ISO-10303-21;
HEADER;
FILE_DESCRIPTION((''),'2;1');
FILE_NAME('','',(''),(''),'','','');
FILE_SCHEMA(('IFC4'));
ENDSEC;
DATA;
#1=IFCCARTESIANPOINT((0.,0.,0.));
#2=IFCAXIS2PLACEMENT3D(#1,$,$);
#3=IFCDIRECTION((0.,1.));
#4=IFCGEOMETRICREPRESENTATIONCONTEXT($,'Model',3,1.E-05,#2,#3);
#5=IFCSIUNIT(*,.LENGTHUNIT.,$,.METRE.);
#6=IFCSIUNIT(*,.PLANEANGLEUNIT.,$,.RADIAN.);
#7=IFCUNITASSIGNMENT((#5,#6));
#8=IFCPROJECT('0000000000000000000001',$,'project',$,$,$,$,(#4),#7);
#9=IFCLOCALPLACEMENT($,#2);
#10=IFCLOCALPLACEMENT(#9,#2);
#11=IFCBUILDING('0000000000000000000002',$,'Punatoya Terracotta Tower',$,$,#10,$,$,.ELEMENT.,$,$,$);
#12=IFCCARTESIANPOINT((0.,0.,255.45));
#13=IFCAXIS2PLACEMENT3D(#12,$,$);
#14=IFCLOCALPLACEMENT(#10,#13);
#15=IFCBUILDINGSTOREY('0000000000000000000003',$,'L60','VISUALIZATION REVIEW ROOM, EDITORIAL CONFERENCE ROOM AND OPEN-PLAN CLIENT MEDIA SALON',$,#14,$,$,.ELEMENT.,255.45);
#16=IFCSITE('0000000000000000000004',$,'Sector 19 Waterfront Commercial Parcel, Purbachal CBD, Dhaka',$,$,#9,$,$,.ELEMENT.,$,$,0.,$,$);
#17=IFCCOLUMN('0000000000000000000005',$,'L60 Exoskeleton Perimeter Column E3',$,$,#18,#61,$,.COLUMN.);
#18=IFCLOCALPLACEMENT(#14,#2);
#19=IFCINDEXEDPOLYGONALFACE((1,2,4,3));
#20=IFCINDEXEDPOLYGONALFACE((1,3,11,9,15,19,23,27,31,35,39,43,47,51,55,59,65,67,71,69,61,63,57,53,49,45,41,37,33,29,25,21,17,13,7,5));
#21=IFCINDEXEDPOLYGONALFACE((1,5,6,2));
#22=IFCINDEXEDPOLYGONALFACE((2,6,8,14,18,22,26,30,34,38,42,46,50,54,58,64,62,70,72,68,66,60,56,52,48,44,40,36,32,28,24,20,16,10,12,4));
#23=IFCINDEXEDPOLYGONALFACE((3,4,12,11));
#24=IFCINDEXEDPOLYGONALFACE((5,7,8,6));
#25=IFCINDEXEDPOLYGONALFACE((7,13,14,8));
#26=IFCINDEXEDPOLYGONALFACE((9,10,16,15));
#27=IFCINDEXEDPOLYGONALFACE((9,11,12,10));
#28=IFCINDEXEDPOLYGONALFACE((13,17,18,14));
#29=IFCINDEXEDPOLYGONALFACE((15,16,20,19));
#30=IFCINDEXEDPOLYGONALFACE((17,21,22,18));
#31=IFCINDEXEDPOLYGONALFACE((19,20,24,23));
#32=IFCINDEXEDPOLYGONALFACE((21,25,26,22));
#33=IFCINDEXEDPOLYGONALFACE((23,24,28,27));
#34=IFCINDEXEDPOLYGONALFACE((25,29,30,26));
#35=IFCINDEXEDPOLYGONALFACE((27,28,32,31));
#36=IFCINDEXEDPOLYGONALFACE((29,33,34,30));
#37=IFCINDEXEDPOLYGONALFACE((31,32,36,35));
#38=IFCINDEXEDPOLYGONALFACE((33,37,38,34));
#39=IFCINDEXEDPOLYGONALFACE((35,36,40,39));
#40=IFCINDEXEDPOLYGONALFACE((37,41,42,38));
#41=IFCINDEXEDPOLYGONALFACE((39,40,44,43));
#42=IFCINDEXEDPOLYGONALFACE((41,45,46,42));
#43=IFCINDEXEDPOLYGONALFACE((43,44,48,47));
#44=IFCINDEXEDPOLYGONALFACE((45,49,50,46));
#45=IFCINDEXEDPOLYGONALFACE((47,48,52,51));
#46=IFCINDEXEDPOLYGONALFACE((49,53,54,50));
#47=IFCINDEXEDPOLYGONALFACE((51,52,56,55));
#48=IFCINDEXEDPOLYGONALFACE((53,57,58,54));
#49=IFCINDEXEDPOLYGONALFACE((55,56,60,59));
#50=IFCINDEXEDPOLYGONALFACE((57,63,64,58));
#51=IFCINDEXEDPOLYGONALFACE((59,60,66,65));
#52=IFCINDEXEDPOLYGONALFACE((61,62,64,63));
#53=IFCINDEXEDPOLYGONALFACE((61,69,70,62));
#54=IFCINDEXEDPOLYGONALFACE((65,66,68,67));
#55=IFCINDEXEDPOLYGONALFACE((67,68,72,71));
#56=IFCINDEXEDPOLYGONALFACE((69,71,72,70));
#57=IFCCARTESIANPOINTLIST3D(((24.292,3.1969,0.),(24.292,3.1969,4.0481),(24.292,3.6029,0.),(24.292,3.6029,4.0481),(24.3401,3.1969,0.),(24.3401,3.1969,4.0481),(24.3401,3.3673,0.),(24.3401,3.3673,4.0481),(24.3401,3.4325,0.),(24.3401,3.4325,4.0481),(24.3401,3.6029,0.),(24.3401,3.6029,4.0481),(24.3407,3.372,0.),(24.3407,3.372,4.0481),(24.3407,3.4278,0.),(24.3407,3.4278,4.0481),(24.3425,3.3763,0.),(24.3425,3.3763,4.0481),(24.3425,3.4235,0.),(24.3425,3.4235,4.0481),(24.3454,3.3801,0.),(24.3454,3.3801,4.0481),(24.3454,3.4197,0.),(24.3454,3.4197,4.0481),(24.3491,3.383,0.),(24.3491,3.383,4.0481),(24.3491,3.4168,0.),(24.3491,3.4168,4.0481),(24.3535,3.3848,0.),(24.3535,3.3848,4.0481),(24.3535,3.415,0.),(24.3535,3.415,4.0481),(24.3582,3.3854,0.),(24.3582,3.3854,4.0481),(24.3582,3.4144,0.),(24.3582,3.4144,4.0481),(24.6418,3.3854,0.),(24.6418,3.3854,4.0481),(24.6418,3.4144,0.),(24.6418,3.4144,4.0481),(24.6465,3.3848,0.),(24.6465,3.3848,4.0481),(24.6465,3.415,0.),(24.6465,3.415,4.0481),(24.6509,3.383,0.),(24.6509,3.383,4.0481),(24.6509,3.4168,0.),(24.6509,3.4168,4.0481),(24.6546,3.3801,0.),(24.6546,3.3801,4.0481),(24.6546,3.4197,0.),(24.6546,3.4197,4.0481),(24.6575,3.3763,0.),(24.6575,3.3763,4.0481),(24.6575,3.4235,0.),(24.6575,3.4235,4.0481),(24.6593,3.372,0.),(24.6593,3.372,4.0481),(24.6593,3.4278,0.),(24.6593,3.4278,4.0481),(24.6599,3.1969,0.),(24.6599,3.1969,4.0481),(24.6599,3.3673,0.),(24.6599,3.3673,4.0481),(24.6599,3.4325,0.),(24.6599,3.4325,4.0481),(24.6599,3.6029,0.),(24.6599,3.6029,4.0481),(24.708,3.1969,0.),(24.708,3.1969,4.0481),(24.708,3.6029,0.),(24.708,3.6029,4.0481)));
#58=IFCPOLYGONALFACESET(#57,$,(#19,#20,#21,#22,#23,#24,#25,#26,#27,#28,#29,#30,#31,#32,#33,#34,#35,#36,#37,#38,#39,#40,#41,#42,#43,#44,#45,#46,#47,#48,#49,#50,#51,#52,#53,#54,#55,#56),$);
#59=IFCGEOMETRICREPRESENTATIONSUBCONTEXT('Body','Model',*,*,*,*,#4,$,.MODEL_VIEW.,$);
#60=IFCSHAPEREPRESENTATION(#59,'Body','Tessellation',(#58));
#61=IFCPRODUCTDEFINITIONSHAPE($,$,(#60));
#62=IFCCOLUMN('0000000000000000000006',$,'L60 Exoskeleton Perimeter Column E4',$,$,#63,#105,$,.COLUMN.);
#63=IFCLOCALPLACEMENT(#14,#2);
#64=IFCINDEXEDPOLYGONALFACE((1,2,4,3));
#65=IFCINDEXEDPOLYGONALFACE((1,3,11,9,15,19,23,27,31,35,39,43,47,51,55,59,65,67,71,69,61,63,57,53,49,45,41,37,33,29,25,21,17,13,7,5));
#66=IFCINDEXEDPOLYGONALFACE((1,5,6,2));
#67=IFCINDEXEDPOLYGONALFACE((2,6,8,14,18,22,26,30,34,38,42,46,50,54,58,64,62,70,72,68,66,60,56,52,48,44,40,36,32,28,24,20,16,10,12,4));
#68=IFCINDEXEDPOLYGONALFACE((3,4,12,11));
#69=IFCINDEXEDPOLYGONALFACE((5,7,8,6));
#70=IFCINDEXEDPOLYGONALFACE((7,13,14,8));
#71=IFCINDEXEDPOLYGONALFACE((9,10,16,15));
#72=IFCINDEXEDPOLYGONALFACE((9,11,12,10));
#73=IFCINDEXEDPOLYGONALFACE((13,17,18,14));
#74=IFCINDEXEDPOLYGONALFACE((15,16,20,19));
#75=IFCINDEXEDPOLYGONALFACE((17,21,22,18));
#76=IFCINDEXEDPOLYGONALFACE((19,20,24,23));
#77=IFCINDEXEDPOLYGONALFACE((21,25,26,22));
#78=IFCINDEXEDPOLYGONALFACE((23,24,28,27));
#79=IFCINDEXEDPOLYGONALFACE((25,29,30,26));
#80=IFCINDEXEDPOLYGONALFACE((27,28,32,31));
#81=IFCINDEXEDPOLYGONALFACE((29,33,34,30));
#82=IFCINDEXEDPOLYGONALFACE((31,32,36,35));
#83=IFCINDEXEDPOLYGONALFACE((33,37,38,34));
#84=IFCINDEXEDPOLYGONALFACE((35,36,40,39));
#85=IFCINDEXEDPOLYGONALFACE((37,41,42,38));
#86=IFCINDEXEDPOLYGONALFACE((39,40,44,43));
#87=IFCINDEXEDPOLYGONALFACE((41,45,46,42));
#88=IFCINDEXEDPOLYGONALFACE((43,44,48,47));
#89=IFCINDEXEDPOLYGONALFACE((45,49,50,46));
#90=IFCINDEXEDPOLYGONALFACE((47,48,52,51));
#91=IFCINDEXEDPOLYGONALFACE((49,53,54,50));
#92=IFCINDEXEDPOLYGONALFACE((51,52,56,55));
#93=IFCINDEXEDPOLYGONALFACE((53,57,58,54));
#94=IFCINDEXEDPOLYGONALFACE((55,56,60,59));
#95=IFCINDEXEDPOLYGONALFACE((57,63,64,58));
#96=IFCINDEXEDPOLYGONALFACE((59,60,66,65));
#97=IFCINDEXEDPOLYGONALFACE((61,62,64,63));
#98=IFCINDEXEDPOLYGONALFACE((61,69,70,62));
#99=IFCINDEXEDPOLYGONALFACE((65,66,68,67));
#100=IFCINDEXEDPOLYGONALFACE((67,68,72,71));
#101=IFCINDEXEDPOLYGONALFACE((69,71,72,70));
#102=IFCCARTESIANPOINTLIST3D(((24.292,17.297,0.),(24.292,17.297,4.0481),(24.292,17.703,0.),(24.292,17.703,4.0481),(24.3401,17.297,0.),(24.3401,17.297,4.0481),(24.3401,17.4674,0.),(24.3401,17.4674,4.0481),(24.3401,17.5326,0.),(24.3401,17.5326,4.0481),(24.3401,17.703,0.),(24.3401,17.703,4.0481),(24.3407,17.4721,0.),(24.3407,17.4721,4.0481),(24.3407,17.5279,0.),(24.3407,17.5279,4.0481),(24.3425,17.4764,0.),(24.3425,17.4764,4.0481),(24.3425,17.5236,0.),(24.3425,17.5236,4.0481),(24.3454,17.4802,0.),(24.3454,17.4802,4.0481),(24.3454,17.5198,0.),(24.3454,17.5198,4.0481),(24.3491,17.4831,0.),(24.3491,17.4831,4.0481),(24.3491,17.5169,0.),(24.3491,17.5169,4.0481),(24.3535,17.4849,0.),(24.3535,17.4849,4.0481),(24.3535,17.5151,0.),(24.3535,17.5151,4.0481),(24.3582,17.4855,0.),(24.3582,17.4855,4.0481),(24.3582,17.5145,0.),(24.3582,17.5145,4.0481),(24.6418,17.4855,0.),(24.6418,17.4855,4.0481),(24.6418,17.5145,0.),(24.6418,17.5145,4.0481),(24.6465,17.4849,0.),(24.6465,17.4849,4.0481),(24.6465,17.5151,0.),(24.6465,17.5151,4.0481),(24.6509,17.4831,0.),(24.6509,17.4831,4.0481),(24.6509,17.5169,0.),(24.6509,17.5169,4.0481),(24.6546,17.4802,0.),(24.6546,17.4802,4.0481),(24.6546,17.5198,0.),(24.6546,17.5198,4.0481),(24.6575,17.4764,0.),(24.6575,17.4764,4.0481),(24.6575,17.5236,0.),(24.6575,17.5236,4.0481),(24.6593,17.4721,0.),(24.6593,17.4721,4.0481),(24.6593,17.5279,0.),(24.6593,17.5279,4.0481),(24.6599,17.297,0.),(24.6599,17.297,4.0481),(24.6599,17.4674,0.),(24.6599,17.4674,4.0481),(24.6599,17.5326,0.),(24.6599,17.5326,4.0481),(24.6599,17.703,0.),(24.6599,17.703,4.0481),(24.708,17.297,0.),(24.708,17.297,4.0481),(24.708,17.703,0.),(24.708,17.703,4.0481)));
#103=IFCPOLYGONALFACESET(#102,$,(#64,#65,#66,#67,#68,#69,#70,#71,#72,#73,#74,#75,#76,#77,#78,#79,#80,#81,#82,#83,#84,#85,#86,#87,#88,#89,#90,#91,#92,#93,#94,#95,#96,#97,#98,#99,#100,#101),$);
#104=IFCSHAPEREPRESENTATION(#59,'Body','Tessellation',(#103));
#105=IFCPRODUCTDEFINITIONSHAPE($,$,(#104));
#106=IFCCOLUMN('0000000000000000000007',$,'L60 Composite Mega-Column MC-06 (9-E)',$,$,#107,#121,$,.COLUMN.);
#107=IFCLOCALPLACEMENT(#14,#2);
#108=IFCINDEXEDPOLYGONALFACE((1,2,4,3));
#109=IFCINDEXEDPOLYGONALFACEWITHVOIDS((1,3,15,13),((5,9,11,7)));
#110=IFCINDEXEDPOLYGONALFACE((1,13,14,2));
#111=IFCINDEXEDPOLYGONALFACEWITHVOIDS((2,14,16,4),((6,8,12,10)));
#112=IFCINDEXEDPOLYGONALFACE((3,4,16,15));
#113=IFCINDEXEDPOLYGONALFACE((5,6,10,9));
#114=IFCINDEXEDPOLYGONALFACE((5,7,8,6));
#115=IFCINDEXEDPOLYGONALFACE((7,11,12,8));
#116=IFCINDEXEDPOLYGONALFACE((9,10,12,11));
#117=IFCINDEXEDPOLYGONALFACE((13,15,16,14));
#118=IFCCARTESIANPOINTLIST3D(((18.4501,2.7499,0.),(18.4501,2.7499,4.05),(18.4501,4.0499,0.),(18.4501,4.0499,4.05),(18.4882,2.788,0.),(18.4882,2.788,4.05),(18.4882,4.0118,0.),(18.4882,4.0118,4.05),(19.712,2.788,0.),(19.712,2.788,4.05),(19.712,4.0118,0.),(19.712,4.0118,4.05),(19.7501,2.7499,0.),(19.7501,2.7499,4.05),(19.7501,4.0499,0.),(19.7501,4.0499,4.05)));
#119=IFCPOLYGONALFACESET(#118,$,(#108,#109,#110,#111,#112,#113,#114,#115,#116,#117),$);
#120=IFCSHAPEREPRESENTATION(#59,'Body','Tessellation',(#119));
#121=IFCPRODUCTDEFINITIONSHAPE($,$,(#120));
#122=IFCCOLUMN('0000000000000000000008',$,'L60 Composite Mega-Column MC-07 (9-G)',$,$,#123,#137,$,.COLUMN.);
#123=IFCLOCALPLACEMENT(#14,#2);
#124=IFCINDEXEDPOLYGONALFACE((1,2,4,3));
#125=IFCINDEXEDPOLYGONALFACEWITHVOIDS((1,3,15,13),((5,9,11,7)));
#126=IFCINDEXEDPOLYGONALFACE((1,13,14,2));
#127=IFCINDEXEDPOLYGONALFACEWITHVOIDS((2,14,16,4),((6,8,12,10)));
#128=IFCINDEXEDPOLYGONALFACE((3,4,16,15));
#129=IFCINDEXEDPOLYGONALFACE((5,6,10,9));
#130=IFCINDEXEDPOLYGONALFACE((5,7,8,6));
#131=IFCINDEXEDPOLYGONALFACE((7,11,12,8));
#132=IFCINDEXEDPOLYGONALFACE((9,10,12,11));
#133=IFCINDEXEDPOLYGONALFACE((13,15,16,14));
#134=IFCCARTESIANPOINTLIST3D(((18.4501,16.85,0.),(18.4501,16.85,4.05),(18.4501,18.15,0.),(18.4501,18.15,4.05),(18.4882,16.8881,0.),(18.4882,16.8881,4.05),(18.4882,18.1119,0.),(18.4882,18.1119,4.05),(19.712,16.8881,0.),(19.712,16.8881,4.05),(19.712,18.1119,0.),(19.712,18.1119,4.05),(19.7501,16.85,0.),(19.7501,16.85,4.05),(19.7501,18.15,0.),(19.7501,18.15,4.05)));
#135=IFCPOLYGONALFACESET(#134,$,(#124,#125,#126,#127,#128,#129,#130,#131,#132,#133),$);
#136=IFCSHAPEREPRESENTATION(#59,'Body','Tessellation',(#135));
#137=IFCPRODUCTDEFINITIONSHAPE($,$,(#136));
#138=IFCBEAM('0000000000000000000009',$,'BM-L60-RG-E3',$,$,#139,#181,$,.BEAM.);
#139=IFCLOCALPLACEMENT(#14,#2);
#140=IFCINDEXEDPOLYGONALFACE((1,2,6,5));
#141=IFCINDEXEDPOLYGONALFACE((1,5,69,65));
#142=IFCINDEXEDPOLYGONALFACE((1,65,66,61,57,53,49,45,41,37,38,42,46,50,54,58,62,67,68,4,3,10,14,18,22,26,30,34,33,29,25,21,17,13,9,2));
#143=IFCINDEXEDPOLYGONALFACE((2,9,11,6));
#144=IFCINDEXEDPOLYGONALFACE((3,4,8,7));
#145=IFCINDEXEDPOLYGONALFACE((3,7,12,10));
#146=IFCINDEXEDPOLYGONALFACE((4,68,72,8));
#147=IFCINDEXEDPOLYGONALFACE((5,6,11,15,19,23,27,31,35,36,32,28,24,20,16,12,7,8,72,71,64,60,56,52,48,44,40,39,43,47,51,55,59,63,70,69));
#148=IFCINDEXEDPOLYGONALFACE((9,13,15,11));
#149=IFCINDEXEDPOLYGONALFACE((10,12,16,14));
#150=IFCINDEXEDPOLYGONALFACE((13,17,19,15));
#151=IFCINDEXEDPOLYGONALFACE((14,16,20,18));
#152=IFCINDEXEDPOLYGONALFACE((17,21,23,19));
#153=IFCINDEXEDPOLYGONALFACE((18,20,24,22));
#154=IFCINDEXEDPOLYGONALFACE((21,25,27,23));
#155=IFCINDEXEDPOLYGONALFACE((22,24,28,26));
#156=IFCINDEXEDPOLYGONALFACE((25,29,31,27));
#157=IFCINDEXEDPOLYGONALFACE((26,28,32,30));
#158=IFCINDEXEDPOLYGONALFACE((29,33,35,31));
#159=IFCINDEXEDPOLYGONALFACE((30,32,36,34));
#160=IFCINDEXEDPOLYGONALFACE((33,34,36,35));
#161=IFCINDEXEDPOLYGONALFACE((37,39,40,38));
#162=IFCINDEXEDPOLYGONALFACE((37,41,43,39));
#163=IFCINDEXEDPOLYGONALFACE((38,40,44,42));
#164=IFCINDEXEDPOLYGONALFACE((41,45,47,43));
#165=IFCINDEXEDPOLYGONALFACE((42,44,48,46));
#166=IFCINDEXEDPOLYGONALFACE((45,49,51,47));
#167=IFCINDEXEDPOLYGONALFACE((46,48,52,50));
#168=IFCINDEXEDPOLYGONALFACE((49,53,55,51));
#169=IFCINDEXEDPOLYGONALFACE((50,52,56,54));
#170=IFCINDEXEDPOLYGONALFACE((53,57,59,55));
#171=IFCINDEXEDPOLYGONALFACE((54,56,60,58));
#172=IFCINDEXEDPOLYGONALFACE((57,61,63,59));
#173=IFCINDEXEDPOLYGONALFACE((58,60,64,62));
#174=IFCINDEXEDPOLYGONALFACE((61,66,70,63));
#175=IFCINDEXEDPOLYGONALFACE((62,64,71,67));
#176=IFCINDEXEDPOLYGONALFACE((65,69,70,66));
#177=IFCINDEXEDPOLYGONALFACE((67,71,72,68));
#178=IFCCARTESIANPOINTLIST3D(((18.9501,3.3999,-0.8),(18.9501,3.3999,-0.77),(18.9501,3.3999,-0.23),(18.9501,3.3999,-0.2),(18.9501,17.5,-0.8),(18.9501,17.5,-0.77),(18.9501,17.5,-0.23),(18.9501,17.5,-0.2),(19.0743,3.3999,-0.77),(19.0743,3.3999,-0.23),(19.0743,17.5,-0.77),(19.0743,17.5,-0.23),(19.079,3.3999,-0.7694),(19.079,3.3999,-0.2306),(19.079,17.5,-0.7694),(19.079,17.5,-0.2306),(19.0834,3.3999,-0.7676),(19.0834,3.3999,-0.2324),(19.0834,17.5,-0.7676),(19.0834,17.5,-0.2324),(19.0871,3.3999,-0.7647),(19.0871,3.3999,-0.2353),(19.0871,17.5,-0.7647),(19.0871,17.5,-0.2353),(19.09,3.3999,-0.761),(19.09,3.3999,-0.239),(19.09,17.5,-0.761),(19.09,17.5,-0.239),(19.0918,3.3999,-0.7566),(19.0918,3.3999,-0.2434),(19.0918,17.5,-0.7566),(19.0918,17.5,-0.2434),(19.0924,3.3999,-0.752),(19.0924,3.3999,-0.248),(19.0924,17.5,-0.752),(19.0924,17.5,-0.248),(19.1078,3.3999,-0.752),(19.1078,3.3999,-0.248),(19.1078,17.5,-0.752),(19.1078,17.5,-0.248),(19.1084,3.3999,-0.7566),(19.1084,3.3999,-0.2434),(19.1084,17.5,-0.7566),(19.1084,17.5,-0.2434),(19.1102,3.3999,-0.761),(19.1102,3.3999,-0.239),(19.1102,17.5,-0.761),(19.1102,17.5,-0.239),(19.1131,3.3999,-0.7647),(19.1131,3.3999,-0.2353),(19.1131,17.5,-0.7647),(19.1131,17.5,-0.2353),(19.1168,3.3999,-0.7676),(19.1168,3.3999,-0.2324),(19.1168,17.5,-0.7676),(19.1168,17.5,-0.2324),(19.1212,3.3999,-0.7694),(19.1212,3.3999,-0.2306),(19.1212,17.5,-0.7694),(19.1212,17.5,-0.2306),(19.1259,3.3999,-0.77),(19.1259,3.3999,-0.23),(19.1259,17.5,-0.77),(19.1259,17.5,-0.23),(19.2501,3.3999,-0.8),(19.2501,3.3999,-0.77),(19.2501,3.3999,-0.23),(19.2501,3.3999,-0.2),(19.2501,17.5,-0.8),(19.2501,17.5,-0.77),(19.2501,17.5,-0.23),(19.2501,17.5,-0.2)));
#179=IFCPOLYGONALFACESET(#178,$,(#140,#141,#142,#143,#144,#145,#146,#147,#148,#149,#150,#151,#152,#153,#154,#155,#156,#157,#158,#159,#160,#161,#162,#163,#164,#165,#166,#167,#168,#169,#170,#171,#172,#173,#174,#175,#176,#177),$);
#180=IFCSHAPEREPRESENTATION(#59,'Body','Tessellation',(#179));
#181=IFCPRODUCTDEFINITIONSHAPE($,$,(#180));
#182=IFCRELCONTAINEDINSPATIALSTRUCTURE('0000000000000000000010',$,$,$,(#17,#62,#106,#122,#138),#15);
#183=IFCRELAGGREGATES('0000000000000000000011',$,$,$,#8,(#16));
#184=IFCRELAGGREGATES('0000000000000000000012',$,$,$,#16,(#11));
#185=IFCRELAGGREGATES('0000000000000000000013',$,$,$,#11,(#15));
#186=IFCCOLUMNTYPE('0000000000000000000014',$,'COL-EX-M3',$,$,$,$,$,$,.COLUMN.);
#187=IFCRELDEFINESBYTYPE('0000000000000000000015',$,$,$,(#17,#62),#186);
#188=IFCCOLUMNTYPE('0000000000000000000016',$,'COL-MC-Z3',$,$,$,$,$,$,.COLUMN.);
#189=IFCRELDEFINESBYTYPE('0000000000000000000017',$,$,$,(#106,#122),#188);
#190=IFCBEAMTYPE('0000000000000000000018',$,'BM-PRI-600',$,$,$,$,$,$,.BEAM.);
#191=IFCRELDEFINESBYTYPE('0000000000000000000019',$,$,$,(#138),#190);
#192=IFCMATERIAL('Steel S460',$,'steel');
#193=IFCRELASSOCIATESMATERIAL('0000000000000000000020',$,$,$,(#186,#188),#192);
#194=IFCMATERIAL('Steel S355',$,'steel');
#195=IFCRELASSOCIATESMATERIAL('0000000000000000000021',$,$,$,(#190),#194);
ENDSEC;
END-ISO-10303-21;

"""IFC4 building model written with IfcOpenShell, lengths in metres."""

from ifc_helpers import new_model, si_unit, direction, frame, origin, origin_2d, place, context, subcontext, project, spatial, hollow_rectangle, i_section, extrude, material, material_profile, profile_set, type_object, element, save


model = new_model("IFC4")

# Units and contexts
model_context = context("Model", 3, precision=1e-05, world=origin(), true_north=direction((0.0, 1.0)))
body_context = subcontext(model_context, "Body", "Model", "MODEL_VIEW")
ifc_project = project(units=[si_unit("LENGTHUNIT", "METRE"), si_unit("PLANEANGLEUNIT", "RADIAN")], contexts=[model_context])

# Site, building, storey
site_placement = place(None, origin())
site = spatial("IfcSite", under=ifc_project, at=site_placement, Name="Sector 19 Waterfront Commercial Parcel, Purbachal CBD, Dhaka", CompositionType="ELEMENT", RefElevation=0.0)
building_placement = place(site_placement, origin())
building = spatial("IfcBuilding", under=site, at=building_placement, Name="Punatoya Terracotta Tower", CompositionType="ELEMENT")
storey_placement = place(building_placement, frame((0.0, 0.0, 255.45)))
storey = spatial("IfcBuildingStorey", under=building, at=storey_placement, Name="L60", Description="VISUALIZATION REVIEW ROOM, EDITORIAL CONFERENCE ROOM AND OPEN-PLAN CLIENT MEDIA SALON", CompositionType="ELEMENT", Elevation=255.45)

# Columns
ifc_material_1 = material(Name="Steel S460", Category="steel")
ifc_material_profile_1 = material_profile(ifc_material_1, i_section(OverallWidth=0.406, OverallDepth=0.416, WebThickness=0.0291, FlangeThickness=0.0481, FilletRadius=0.0181, at=origin_2d()))
ifc_profile_set_1 = profile_set([ifc_material_profile_1], Name="Steel S460")
column_type_1 = type_object("IfcColumnType", Name="COL-EX-M3", PredefinedType="COLUMN", material=ifc_profile_set_1)
for number, where, z_axis, x_axis, name in (
    (1, (24.5, 3.3999, 0.0), (0.0, 0.0, 1.0), (0.0, 1.0, 0.0), "L60 Exoskeleton Perimeter Column E3"),
    (2, (24.5, 17.5, 0.0), (0.0, 0.0, 1.0), (0.0, 1.0, 0.0), "L60 Exoskeleton Perimeter Column E4"),
):
    element("IfcColumn", number, at=place(storey_placement, frame(where, z_axis=z_axis, x_axis=x_axis)), inside=storey, type_object=column_type_1, Name=name, PredefinedType="COLUMN", context=body_context, shape_type="SweptSolid", body=[
        extrude(i_section(OverallWidth=0.406, OverallDepth=0.416, WebThickness=0.0291, FlangeThickness=0.0481, FilletRadius=0.0181, at=origin_2d()), origin(), (0.0, 0.0, 1.0), 4.0481),
    ])
ifc_material_profile_2 = material_profile(ifc_material_1, hollow_rectangle(XDim=1.3, YDim=1.3, WallThickness=0.0381, at=origin_2d()))
ifc_profile_set_2 = profile_set([ifc_material_profile_2], Name="Steel S460")
column_type_2 = type_object("IfcColumnType", Name="COL-MC-Z3", PredefinedType="COLUMN", material=ifc_profile_set_2)
for number, where, z_axis, x_axis, name in (
    (3, (19.1001, 3.3999, 0.0), (0.0, 0.0, 1.0), (1.0, 0.0, 0.0), "L60 Composite Mega-Column MC-06 (9-E)"),
    (4, (19.1001, 17.5, 0.0), (0.0, 0.0, 1.0), (1.0, 0.0, 0.0), "L60 Composite Mega-Column MC-07 (9-G)"),
):
    element("IfcColumn", number, at=place(storey_placement, frame(where, z_axis=z_axis, x_axis=x_axis)), inside=storey, type_object=column_type_2, Name=name, PredefinedType="COLUMN", context=body_context, shape_type="SweptSolid", body=[
        extrude(hollow_rectangle(XDim=1.3, YDim=1.3, WallThickness=0.0381, at=origin_2d()), origin(), (0.0, 0.0, 1.0), 4.05),
    ])

# Beam
ifc_material_2 = material(Name="Steel S355", Category="steel")
ifc_material_profile_3 = material_profile(ifc_material_2, i_section(OverallWidth=0.3, OverallDepth=0.6001, WebThickness=0.0154, FlangeThickness=0.03, FilletRadius=0.0181, at=origin_2d()))
ifc_profile_set_3 = profile_set([ifc_material_profile_3], Name="Steel S355")
beam_type_1 = type_object("IfcBeamType", Name="BM-PRI-600", PredefinedType="BEAM", material=ifc_profile_set_3)
beam_1_placement = place(storey_placement, frame((19.1001, 3.3999, -0.5), z_axis=(0.0, 1.0, 0.0), x_axis=(-1.0, 0.0, 0.0)))
element("IfcBeam", 5, at=beam_1_placement, inside=storey, type_object=beam_type_1, Name="BM-L60-RG-E3", PredefinedType="BEAM", context=body_context, shape_type="SweptSolid", body=[
    extrude(i_section(OverallWidth=0.3, OverallDepth=0.6001, WebThickness=0.0154, FlangeThickness=0.03, FilletRadius=0.0181, at=origin_2d()), origin(), (0.0, 0.0, 1.0), 14.1001),
])

save(model, "model.ifc")
